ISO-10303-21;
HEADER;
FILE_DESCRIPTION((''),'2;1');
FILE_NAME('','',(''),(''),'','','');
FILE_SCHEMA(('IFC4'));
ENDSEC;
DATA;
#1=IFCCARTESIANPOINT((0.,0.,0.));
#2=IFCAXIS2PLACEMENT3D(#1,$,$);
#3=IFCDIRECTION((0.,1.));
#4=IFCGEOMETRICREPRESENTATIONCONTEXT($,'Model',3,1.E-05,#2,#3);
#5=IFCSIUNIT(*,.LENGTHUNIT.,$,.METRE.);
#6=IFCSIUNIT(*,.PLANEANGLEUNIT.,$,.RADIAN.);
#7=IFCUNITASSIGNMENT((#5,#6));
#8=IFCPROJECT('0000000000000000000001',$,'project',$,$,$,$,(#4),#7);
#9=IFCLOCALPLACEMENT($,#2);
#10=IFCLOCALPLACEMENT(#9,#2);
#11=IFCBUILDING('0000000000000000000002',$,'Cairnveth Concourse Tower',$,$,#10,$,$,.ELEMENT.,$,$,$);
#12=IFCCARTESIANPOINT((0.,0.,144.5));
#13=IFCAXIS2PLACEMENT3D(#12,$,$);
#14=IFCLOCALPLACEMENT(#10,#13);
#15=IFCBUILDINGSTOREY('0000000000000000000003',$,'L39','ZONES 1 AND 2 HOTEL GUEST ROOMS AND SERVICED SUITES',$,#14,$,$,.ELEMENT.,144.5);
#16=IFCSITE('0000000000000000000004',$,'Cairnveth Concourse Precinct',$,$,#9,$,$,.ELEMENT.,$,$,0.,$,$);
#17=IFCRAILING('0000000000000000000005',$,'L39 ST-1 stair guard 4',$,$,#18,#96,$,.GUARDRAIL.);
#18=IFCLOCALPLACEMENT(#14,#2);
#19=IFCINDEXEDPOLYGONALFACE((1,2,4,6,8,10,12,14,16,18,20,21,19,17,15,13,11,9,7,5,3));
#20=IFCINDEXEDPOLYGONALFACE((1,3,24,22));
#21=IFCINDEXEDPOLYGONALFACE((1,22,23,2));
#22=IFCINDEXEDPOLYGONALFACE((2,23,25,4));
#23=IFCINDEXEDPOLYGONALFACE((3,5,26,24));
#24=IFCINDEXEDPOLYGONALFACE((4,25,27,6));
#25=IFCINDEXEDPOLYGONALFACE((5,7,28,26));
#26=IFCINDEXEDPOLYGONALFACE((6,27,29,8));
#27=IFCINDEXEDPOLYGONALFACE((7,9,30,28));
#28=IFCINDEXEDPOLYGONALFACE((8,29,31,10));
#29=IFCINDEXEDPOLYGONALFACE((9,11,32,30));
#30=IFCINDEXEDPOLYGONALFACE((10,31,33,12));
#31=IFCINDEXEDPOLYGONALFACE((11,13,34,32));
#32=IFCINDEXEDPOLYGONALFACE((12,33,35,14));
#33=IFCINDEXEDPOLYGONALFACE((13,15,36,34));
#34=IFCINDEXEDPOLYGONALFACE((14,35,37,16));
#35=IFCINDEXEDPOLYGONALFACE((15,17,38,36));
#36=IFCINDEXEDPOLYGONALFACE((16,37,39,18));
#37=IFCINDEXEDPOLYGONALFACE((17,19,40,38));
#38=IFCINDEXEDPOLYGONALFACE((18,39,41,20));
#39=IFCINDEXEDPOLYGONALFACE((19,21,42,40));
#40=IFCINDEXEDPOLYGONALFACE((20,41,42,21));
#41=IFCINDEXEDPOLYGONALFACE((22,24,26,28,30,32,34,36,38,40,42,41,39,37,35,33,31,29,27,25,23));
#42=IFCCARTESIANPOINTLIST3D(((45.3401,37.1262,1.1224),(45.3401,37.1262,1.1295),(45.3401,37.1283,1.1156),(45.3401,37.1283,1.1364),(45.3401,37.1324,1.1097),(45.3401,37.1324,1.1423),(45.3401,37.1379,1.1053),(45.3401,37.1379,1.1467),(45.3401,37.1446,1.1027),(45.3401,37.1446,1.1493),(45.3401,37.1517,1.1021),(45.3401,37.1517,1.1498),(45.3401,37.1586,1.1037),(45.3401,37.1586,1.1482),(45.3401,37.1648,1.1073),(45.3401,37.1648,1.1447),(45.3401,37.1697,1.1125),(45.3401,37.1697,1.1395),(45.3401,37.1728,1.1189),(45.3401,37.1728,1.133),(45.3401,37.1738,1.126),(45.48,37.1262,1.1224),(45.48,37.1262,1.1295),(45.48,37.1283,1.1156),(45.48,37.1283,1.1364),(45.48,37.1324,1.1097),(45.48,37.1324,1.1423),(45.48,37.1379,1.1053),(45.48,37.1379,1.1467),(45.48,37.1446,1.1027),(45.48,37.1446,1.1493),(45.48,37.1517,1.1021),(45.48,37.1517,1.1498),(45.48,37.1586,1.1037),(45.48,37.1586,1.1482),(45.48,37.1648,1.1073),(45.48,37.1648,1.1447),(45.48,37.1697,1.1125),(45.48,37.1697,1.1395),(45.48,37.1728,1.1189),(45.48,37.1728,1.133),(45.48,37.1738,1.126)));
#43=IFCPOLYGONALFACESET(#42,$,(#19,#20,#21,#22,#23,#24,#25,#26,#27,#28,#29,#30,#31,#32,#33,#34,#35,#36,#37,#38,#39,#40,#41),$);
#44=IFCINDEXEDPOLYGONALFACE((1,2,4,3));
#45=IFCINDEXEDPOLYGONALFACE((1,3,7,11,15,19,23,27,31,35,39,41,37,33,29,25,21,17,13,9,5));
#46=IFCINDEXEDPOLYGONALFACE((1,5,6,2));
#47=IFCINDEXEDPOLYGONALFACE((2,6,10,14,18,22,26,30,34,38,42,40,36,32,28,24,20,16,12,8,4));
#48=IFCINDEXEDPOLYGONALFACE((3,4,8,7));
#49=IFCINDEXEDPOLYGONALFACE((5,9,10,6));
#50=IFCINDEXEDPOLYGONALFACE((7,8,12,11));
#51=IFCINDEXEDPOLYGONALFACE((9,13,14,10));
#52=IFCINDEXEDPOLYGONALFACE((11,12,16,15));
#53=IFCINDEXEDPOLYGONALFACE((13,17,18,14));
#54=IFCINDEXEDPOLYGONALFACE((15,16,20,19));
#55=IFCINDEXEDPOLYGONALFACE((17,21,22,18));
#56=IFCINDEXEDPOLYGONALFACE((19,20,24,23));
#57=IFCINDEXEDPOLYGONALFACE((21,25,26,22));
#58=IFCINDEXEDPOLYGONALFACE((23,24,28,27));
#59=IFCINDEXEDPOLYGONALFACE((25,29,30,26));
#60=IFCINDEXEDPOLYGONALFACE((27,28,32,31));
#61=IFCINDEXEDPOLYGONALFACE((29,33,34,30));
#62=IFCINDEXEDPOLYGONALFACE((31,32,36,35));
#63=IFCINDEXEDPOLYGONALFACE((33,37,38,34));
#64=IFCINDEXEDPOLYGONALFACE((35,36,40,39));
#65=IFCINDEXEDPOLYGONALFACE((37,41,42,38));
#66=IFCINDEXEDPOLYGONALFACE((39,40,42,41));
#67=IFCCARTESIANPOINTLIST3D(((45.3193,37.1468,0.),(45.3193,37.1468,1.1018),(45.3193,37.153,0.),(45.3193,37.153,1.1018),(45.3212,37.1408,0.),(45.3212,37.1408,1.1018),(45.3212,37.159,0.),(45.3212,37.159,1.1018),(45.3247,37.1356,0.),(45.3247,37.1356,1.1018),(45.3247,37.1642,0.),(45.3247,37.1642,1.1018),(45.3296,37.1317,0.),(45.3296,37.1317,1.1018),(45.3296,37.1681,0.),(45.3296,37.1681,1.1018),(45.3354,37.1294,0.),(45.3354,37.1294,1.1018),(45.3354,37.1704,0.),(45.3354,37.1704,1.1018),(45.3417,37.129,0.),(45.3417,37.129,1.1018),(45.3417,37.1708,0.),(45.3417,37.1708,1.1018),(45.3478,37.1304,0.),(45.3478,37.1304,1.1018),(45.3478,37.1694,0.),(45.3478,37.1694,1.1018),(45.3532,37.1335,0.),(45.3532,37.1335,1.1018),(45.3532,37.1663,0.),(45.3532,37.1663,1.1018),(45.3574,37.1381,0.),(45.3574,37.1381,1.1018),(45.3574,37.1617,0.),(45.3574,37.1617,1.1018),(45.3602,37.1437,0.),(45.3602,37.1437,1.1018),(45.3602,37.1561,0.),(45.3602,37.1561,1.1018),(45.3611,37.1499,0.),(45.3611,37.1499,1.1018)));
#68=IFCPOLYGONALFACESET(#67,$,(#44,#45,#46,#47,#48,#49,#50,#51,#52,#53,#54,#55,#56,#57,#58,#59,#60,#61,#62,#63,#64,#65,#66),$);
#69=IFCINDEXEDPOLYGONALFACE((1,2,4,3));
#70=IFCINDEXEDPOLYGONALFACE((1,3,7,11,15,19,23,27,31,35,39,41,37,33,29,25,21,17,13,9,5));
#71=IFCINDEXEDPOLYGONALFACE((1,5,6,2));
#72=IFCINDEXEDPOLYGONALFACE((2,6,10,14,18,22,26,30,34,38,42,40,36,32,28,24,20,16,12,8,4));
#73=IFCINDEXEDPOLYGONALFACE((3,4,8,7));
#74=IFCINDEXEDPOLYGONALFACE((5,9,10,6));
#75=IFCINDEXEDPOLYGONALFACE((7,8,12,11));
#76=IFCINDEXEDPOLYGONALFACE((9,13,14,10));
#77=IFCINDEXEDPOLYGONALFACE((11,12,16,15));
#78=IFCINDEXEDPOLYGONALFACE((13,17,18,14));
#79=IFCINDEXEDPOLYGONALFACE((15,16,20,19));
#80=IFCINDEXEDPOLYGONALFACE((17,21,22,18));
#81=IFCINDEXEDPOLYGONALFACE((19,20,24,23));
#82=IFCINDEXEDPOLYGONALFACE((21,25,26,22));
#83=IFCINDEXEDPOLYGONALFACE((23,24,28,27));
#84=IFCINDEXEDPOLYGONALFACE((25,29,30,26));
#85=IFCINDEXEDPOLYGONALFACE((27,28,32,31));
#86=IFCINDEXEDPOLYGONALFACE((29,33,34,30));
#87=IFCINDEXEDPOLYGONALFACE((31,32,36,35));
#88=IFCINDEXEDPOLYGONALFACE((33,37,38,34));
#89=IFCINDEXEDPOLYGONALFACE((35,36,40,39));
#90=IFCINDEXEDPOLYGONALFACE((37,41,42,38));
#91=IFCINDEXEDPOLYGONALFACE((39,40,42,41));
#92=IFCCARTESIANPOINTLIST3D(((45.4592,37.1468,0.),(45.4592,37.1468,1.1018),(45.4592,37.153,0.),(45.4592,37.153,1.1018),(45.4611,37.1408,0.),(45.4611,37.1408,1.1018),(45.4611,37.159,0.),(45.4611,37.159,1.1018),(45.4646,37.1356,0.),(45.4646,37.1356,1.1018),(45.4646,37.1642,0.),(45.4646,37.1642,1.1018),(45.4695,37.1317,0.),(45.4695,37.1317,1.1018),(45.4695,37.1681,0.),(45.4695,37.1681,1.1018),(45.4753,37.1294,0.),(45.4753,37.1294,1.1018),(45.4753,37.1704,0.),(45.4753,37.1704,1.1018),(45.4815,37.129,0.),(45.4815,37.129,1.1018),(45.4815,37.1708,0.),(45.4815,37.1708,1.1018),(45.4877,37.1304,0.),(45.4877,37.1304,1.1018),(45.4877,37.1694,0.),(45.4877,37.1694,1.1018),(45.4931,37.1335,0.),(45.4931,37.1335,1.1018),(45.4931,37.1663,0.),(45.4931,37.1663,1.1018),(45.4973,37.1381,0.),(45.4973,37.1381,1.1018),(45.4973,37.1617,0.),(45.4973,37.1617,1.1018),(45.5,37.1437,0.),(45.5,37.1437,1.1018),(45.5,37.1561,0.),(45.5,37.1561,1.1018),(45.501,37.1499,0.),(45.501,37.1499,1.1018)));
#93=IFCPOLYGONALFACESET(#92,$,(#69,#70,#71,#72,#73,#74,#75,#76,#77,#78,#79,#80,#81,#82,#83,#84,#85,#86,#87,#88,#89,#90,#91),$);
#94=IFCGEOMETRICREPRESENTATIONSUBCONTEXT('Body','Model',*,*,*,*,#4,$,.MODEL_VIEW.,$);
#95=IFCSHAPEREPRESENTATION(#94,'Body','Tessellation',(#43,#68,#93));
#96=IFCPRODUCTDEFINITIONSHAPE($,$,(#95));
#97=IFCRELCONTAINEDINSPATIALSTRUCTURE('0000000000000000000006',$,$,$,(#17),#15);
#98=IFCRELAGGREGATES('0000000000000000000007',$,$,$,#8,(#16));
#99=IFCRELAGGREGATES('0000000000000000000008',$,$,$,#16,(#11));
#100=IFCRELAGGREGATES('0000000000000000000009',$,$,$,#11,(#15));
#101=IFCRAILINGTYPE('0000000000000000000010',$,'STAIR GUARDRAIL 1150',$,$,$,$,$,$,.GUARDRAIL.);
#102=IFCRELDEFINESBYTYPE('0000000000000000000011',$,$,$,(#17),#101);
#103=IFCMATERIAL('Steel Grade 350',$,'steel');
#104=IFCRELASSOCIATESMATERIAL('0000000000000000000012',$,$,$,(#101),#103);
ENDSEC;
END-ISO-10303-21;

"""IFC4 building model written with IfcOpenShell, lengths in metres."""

from ifc_helpers import new_model, si_unit, direction, frame, origin, origin_2d, place, context, subcontext, project, spatial, circle, extrude, material, type_object, element, save


model = new_model("IFC4")

# Units and contexts
model_context = context("Model", 3, precision=1e-05, world=origin(), true_north=direction((0.0, 1.0)))
body_context = subcontext(model_context, "Body", "Model", "MODEL_VIEW")
ifc_project = project(units=[si_unit("LENGTHUNIT", "METRE"), si_unit("PLANEANGLEUNIT", "RADIAN")], contexts=[model_context])

# Site, building, storey
site_placement = place(None, origin())
site = spatial("IfcSite", under=ifc_project, at=site_placement, Name="Cairnveth Concourse Precinct", CompositionType="ELEMENT", RefElevation=0.0)
building_placement = place(site_placement, origin())
building = spatial("IfcBuilding", under=site, at=building_placement, Name="Cairnveth Concourse Tower", CompositionType="ELEMENT")
storey_placement = place(building_placement, frame((0.0, 0.0, 144.5)))
storey = spatial("IfcBuildingStorey", under=building, at=storey_placement, Name="L39", Description="ZONES 1 AND 2 HOTEL GUEST ROOMS AND SERVICED SUITES", CompositionType="ELEMENT", Elevation=144.5)

# Shared definitions
ifc_material_1 = material(Name="Steel Grade 350", Category="steel")

# Railing
railing_type_1 = type_object("IfcRailingType", Name="STAIR GUARDRAIL 1150", PredefinedType="GUARDRAIL", material=ifc_material_1)
railing_1_placement = place(storey_placement, frame((45.3401, 37.1499, 0.0)))
element("IfcRailing", 1, at=railing_1_placement, inside=storey, type_object=railing_type_1, Name="L39 ST-1 stair guard 4", PredefinedType="GUARDRAIL", context=body_context, shape_type="SweptSolid", body=[
    extrude(circle(Radius=0.0239, at=origin_2d()), frame((0.0, 0.0, 1.126), z_axis=(1.0, 0.0, 0.0), x_axis=(0.0, 1.0, 0.0)), (0.0, 0.0, 1.0), 0.1399),
    extrude(circle(Radius=0.021, at=origin_2d()), origin(), (0.0, 0.0, 1.0), 1.1018),
    extrude(circle(Radius=0.021, at=origin_2d()), frame((0.1399, 0.0, 0.0)), (0.0, 0.0, 1.0), 1.1018),
])

save(model, "model.ifc")
